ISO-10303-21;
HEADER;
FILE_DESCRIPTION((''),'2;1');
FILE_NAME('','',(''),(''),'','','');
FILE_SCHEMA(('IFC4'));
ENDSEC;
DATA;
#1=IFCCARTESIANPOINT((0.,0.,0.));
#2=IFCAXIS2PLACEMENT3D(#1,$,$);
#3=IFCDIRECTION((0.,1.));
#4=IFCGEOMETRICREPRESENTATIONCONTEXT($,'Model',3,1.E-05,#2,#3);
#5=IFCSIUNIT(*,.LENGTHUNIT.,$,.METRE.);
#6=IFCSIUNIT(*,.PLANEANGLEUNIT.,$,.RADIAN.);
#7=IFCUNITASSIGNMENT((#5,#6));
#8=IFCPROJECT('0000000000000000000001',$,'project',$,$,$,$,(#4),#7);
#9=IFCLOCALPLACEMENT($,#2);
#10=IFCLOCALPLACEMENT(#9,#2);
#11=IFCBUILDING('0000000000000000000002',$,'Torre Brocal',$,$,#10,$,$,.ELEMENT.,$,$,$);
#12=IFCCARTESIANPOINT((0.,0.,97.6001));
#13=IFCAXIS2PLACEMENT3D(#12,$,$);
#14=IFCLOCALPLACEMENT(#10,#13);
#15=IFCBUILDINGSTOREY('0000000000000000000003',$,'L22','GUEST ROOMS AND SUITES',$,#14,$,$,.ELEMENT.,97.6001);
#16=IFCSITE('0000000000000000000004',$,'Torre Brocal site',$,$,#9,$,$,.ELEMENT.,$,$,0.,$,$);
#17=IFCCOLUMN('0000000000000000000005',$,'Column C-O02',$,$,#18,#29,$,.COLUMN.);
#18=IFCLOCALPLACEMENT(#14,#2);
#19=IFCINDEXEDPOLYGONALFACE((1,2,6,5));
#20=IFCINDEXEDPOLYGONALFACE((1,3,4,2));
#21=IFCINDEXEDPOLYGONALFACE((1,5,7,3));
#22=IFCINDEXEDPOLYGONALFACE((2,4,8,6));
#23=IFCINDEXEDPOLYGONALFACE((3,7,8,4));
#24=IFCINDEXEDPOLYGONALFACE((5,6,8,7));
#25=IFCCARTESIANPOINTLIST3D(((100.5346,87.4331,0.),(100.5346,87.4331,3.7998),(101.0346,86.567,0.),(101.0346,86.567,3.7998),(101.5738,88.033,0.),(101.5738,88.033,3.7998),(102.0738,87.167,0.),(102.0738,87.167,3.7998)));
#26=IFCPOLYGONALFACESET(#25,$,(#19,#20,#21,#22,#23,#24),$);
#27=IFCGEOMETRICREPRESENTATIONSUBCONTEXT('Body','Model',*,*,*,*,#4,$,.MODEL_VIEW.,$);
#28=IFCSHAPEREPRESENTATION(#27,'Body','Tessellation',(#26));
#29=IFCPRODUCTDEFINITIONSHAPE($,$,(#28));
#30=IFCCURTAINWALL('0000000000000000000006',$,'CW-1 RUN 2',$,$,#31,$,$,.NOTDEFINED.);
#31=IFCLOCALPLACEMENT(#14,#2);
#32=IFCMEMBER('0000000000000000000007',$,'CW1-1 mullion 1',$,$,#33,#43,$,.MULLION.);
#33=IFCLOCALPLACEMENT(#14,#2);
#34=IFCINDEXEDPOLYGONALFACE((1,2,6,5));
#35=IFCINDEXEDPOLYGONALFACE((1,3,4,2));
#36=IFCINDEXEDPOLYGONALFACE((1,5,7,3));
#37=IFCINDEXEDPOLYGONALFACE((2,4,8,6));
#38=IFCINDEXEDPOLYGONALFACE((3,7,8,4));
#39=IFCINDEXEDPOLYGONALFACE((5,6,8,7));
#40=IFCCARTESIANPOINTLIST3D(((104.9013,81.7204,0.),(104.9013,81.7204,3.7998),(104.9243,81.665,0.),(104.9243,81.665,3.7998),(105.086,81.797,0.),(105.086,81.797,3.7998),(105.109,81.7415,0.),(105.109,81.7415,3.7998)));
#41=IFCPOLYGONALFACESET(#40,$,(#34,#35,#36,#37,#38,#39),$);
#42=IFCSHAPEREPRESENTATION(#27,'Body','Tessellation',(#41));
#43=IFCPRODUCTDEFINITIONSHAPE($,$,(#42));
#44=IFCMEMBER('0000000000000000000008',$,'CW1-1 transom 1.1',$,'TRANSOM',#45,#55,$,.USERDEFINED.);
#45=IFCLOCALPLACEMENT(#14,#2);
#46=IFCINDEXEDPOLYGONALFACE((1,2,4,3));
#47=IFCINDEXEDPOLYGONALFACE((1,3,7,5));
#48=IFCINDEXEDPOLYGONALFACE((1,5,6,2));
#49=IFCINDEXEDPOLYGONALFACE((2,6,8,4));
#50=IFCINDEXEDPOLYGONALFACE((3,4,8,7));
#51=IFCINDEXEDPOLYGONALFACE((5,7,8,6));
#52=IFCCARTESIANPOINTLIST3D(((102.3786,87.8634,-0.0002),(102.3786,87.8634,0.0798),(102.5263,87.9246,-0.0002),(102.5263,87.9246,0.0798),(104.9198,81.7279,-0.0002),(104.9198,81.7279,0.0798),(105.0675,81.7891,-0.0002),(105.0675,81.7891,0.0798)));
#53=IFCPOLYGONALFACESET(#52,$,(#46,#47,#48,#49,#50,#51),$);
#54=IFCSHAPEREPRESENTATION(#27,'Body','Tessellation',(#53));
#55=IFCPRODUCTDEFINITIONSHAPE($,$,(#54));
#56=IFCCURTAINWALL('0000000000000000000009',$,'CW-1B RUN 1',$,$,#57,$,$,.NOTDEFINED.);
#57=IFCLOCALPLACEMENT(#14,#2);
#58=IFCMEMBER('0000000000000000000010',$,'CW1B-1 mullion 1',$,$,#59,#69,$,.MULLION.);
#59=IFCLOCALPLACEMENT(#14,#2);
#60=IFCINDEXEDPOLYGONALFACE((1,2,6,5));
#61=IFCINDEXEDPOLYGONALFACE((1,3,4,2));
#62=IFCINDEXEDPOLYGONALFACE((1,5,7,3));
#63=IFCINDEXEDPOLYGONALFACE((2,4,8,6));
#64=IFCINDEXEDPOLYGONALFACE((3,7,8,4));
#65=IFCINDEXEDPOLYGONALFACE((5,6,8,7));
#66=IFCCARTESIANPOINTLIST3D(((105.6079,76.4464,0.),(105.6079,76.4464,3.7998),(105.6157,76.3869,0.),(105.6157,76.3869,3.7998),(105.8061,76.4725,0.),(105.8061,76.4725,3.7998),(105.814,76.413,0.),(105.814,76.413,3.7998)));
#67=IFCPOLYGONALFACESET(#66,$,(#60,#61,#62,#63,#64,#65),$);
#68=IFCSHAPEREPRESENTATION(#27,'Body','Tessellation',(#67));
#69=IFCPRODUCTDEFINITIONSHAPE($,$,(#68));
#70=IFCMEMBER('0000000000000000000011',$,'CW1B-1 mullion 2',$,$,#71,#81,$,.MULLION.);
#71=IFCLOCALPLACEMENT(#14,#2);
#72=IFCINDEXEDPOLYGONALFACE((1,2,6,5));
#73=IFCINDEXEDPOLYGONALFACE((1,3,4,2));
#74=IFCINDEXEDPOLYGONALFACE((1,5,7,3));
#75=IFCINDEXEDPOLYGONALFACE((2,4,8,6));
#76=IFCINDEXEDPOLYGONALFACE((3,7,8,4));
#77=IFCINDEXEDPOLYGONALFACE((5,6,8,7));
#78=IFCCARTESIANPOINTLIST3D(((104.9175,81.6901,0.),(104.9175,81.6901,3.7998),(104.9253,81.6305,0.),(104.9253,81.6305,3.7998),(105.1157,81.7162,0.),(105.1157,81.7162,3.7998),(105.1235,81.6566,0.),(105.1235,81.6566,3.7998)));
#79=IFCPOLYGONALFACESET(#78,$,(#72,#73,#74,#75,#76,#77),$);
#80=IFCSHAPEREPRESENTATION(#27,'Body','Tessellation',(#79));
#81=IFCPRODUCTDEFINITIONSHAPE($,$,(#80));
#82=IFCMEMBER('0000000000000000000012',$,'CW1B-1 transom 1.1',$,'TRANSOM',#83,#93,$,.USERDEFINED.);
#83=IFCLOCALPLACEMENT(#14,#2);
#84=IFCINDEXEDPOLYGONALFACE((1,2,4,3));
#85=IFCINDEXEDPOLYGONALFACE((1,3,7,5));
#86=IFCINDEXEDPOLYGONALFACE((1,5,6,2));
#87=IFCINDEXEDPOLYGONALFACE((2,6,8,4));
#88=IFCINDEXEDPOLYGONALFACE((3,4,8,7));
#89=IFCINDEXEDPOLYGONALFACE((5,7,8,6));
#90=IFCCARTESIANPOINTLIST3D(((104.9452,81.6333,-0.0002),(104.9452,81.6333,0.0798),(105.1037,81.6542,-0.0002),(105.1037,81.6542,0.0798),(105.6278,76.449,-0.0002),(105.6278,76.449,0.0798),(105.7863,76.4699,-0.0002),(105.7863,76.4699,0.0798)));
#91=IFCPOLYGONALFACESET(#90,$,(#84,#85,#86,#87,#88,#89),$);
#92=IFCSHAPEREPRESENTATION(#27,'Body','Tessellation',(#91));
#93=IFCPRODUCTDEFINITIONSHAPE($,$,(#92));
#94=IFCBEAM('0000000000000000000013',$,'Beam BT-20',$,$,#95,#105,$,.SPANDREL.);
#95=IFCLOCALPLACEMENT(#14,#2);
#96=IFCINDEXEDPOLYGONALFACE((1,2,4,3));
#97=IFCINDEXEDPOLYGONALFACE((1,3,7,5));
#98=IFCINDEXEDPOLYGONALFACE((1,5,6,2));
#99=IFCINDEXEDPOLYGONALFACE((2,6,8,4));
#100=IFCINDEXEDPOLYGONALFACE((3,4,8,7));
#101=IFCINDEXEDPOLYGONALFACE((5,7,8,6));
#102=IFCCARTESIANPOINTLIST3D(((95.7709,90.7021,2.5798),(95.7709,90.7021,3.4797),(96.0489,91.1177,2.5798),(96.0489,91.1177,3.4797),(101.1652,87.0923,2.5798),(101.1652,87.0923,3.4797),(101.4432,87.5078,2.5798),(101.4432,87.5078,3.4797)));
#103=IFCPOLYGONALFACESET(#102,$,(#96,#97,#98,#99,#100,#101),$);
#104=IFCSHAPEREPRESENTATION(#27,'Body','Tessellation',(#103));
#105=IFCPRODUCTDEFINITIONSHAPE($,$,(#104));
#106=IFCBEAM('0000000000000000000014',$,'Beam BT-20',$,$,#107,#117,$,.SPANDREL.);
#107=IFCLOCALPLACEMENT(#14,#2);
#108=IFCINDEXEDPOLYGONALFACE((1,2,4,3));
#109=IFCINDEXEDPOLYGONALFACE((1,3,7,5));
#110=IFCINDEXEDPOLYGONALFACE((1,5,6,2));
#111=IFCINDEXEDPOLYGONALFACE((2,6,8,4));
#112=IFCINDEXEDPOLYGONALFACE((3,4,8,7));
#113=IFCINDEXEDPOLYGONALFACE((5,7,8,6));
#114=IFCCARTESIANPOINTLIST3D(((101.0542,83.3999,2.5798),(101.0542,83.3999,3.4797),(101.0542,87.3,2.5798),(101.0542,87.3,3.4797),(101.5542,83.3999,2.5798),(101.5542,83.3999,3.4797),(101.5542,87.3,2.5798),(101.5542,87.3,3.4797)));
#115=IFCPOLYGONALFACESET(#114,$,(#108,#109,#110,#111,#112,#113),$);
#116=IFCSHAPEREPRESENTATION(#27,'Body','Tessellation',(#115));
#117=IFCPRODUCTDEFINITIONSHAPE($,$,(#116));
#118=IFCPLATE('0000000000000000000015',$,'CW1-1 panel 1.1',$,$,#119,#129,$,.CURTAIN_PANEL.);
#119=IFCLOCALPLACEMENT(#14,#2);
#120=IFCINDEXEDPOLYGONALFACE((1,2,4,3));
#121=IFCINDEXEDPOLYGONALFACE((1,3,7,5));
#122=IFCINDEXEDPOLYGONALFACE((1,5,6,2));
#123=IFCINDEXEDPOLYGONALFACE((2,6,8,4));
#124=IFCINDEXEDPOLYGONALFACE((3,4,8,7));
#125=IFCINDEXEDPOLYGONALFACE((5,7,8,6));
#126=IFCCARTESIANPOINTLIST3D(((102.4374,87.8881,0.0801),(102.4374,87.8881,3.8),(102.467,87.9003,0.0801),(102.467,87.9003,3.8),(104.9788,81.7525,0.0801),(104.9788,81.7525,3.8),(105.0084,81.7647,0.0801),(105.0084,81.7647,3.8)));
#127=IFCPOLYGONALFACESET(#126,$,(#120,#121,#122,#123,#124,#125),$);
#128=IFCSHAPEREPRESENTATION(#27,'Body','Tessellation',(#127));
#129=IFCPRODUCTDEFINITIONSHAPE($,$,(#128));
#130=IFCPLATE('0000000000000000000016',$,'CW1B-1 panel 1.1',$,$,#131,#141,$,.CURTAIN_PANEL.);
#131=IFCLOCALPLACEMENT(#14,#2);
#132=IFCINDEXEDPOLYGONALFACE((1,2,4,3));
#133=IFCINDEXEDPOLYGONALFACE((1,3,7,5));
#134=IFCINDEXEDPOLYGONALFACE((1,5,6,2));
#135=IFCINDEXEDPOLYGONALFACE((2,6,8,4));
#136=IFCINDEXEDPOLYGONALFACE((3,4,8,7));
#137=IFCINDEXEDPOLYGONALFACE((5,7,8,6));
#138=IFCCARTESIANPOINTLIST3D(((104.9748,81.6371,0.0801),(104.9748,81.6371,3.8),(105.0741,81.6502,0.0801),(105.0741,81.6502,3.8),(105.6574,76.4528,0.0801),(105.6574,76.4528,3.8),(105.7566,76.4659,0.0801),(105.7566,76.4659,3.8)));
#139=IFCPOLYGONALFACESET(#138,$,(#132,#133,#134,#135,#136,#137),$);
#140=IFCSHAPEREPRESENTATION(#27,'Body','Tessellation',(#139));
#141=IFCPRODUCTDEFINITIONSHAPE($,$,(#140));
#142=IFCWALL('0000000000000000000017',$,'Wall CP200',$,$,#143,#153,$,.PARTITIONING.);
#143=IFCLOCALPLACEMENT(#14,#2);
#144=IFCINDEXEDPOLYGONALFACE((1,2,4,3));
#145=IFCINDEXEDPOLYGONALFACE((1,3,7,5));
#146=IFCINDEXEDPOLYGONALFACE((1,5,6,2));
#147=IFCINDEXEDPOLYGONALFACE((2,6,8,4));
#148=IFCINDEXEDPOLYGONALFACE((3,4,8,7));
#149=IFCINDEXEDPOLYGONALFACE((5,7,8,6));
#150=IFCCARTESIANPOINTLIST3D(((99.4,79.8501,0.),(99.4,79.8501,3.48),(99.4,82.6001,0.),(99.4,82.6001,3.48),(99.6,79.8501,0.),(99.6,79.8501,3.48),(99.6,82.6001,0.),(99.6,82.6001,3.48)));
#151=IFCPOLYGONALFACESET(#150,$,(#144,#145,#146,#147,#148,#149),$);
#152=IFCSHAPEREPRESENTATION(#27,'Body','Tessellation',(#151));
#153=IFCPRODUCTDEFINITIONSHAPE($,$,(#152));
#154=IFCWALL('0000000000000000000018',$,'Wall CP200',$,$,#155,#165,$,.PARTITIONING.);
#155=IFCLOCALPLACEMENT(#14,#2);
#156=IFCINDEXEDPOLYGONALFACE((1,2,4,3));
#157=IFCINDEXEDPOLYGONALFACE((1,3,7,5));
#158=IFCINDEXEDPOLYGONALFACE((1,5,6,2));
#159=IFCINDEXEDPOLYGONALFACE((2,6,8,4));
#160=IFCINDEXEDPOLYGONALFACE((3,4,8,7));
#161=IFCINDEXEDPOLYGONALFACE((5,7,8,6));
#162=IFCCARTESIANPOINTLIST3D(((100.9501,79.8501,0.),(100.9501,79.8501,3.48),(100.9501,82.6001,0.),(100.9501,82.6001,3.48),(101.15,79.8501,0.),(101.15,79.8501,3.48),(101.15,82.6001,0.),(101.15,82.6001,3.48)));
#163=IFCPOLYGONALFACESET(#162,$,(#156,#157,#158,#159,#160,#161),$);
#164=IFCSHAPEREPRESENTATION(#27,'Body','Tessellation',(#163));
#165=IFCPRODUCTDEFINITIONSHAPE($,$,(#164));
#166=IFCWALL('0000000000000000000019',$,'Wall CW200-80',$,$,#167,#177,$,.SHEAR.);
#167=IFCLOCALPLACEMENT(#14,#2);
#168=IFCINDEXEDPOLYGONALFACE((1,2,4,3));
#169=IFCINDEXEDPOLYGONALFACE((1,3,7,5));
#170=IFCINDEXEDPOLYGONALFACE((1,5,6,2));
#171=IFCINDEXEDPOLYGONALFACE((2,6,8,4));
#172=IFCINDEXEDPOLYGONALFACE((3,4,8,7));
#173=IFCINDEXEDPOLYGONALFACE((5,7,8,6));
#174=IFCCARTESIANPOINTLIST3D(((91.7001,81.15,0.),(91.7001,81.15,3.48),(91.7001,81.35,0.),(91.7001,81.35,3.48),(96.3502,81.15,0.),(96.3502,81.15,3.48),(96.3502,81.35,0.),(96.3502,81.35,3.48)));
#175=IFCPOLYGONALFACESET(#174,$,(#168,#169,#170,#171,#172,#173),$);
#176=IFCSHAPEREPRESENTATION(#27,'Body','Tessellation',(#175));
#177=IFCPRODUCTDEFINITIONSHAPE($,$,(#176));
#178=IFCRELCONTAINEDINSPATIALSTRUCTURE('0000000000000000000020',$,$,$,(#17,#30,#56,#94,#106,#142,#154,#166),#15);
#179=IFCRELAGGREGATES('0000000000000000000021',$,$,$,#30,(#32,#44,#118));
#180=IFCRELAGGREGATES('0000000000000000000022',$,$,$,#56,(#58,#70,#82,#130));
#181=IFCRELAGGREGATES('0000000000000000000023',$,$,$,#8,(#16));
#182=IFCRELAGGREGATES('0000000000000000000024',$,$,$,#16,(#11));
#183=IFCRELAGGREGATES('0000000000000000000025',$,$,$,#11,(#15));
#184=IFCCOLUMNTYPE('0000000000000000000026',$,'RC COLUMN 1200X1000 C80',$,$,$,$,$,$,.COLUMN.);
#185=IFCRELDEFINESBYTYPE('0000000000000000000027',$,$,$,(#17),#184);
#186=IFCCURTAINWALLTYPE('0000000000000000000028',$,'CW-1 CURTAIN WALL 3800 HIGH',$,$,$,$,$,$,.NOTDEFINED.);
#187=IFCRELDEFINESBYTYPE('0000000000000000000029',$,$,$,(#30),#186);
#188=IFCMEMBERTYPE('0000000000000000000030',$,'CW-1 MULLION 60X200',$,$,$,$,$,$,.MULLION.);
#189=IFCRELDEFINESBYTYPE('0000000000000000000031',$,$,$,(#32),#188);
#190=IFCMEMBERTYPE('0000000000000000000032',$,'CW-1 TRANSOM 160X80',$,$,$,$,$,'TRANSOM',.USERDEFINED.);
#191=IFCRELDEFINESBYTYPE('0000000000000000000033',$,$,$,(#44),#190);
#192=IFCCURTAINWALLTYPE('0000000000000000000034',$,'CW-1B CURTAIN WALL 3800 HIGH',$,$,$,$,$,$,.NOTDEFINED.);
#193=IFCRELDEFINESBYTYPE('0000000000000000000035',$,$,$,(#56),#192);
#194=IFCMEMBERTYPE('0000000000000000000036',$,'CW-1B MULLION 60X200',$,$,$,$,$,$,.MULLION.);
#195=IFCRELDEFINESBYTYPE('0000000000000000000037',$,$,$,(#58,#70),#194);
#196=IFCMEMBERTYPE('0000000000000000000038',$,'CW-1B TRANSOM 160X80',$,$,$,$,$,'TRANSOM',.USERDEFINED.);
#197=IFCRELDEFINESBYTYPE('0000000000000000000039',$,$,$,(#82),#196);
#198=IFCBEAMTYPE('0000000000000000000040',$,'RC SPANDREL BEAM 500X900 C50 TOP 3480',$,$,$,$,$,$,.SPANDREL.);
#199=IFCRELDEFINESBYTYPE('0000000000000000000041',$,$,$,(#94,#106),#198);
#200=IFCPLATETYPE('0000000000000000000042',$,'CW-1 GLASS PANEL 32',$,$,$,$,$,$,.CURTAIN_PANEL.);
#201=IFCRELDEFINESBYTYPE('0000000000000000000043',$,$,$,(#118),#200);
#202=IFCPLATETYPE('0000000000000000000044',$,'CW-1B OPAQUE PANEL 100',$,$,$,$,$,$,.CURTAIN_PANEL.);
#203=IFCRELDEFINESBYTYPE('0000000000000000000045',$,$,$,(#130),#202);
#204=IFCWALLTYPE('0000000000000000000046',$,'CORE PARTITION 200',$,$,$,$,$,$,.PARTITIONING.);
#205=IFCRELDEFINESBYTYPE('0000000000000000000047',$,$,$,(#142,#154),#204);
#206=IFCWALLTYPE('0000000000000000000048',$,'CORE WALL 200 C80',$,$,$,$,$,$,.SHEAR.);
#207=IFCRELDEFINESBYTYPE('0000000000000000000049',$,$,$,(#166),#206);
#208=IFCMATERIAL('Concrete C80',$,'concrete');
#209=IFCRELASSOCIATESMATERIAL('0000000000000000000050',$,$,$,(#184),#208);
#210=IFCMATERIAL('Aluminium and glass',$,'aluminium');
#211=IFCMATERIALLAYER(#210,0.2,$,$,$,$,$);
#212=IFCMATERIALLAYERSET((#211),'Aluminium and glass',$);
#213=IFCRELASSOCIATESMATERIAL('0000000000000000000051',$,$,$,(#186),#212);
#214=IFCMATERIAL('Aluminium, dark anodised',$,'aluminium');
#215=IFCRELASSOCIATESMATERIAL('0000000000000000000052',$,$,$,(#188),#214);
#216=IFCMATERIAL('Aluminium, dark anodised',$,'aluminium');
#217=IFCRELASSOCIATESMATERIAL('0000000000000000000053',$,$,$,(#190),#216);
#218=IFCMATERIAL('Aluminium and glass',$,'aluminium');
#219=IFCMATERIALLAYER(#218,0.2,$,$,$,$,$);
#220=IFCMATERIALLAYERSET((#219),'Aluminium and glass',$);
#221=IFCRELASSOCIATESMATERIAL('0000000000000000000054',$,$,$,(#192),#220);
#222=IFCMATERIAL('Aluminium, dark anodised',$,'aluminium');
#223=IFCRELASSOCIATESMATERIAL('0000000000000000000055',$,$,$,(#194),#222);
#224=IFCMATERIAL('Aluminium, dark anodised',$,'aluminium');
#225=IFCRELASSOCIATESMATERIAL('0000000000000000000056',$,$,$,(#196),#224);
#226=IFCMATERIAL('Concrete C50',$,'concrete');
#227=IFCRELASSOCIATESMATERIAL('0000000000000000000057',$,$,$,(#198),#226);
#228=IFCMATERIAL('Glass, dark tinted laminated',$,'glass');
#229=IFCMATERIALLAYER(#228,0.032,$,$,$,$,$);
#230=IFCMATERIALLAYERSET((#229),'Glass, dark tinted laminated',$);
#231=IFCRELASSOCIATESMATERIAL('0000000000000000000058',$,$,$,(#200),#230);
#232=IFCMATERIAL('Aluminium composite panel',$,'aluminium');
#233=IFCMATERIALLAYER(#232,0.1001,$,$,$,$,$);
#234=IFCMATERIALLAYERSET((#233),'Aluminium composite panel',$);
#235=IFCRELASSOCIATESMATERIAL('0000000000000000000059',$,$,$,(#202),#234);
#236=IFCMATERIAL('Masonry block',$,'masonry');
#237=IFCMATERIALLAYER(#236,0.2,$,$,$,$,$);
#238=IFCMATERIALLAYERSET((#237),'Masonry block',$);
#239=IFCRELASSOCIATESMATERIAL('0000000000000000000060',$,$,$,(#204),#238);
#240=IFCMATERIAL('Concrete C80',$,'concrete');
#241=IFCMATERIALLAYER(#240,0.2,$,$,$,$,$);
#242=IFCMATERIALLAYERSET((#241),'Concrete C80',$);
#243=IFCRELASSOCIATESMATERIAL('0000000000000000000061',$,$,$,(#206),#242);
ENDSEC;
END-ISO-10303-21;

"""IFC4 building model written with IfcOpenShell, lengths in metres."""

from ifc_helpers import new_model, si_unit, direction, frame, frame_2d, origin, origin_2d, place, context, subcontext, project, spatial, rectangle, extrude, material, layer, layer_set, material_profile, profile_set, type_object, element, aggregate, save


model = new_model("IFC4")

# Units and contexts
model_context = context("Model", 3, precision=1e-05, world=origin(), true_north=direction((0.0, 1.0)))
body_context = subcontext(model_context, "Body", "Model", "MODEL_VIEW")
ifc_project = project(units=[si_unit("LENGTHUNIT", "METRE"), si_unit("PLANEANGLEUNIT", "RADIAN")], contexts=[model_context])

# Site, building, storey
site_placement = place(None, origin())
site = spatial("IfcSite", under=ifc_project, at=site_placement, Name="Torre Brocal site", CompositionType="ELEMENT", RefElevation=0.0)
building_placement = place(site_placement, origin())
building = spatial("IfcBuilding", under=site, at=building_placement, Name="Torre Brocal", CompositionType="ELEMENT")
storey_placement = place(building_placement, frame((0.0, 0.0, 97.6001)))
storey = spatial("IfcBuildingStorey", under=building, at=storey_placement, Name="L22", Description="GUEST ROOMS AND SUITES", CompositionType="ELEMENT", Elevation=97.6001)

# Column
ifc_material_1 = material(Name="Concrete C80", Category="concrete")
ifc_material_profile_1 = material_profile(ifc_material_1, rectangle(XDim=1.2, YDim=1.0, at=origin_2d()), Name="RC 1200X1000")
ifc_profile_set_1 = profile_set([ifc_material_profile_1], Name="Concrete C80")
column_type = type_object("IfcColumnType", Name="RC COLUMN 1200X1000 C80", PredefinedType="COLUMN", material=ifc_profile_set_1)
column_placement = place(storey_placement, frame((101.3042, 87.3, 0.0), z_axis=(0.0, 0.0, 1.0), x_axis=(0.866025, 0.5, 0.0)))
element("IfcColumn", 1, at=column_placement, inside=storey, type_object=column_type, Name="Column C-O02", PredefinedType="COLUMN", context=body_context, shape_type="SweptSolid", body=[
    extrude(rectangle(XDim=1.2, YDim=1.0, at=origin_2d()), origin(), (0.0, 0.0, 1.0), 3.7998),
])

# Curtain walls, members
ifc_material_2 = material(Name="Aluminium and glass", Category="aluminium")
ifc_layer_1 = layer(ifc_material_2, 0.2)
ifc_layer_set_1 = layer_set([ifc_layer_1], Name="Aluminium and glass")
curtain_wall_type_1 = type_object("IfcCurtainWallType", Name="CW-1 CURTAIN WALL 3800 HIGH", PredefinedType="NOTDEFINED", material=ifc_layer_set_1)
curtain_wall_1_placement = place(storey_placement, origin())
curtain_wall_1 = element("IfcCurtainWall", 2, at=curtain_wall_1_placement, inside=storey, type_object=curtain_wall_type_1, Name="CW-1 RUN 2", PredefinedType="NOTDEFINED")
ifc_material_3 = material(Name="Aluminium, dark anodised", Category="aluminium")
ifc_material_profile_2 = material_profile(ifc_material_3, rectangle(XDim=0.2, YDim=0.0601, at=origin_2d()), Name="CW-1 MULLION 60X200")
ifc_profile_set_2 = profile_set([ifc_material_profile_2], Name="Aluminium, dark anodised")
member_type_1 = type_object("IfcMemberType", Name="CW-1 MULLION 60X200", PredefinedType="MULLION", material=ifc_profile_set_2)
member_1_placement = place(storey_placement, frame((105.0051, 81.731, 0.0), z_axis=(0.0, 0.0, 1.0), x_axis=(-0.92388, -0.382683, 0.0)))
member_1 = element("IfcMember", 3, at=member_1_placement, type_object=member_type_1, Name="CW1-1 mullion 1", PredefinedType="MULLION", context=body_context, shape_type="SweptSolid", body=[
    extrude(rectangle(XDim=0.2, YDim=0.0601, at=origin_2d()), origin(), (0.0, 0.0, 1.0), 3.7998),
])
ifc_material_4 = material(Name="Aluminium, dark anodised", Category="aluminium")
ifc_material_profile_3 = material_profile(ifc_material_4, rectangle(XDim=0.1599, YDim=0.0801, at=origin_2d()), Name="CW-1 TRANSOM 160X80")
ifc_profile_set_3 = profile_set([ifc_material_profile_3], Name="Aluminium, dark anodised")
member_type_2 = type_object("IfcMemberType", Name="CW-1 TRANSOM 160X80", ElementType="TRANSOM", PredefinedType="USERDEFINED", material=ifc_profile_set_3)
member_2_placement = place(storey_placement, frame((104.9937, 81.7585, 0.0398), z_axis=(-0.382665, 0.923887, 0.0), x_axis=(-0.923887, -0.382665, 0.0)))
member_2 = element("IfcMember", 4, at=member_2_placement, type_object=member_type_2, Name="CW1-1 transom 1.1", ObjectType="TRANSOM", PredefinedType="USERDEFINED", context=body_context, shape_type="SweptSolid", body=[
    extrude(rectangle(XDim=0.1599, YDim=0.0801, at=origin_2d()), origin(), (0.0, 0.0, 1.0), 6.6409),
])
ifc_material_5 = material(Name="Aluminium and glass", Category="aluminium")
ifc_layer_2 = layer(ifc_material_5, 0.2)
ifc_layer_set_2 = layer_set([ifc_layer_2], Name="Aluminium and glass")
curtain_wall_type_2 = type_object("IfcCurtainWallType", Name="CW-1B CURTAIN WALL 3800 HIGH", PredefinedType="NOTDEFINED", material=ifc_layer_set_2)
curtain_wall_2_placement = place(storey_placement, origin())
curtain_wall_2 = element("IfcCurtainWall", 5, at=curtain_wall_2_placement, inside=storey, type_object=curtain_wall_type_2, Name="CW-1B RUN 1", PredefinedType="NOTDEFINED")
ifc_material_6 = material(Name="Aluminium, dark anodised", Category="aluminium")
ifc_material_profile_4 = material_profile(ifc_material_6, rectangle(XDim=0.2, YDim=0.0601, at=origin_2d()), Name="CW-1B MULLION 60X200")
ifc_profile_set_4 = profile_set([ifc_material_profile_4], Name="Aluminium, dark anodised")
member_type_3 = type_object("IfcMemberType", Name="CW-1B MULLION 60X200", PredefinedType="MULLION", material=ifc_profile_set_4)
member_3_placement = place(storey_placement, frame((105.7109, 76.4297, 0.0), z_axis=(0.0, 0.0, 1.0), x_axis=(-0.991445, -0.130526, 0.0)))
member_3 = element("IfcMember", 6, at=member_3_placement, type_object=member_type_3, Name="CW1B-1 mullion 1", PredefinedType="MULLION", context=body_context, shape_type="SweptSolid", body=[
    extrude(rectangle(XDim=0.2, YDim=0.0601, at=origin_2d()), origin(), (0.0, 0.0, 1.0), 3.7998),
])
member_4_placement = place(storey_placement, frame((105.0205, 81.6733, 0.0), z_axis=(0.0, 0.0, 1.0), x_axis=(-0.991445, -0.130526, 0.0)))
member_4 = element("IfcMember", 7, at=member_4_placement, type_object=member_type_3, Name="CW1B-1 mullion 2", PredefinedType="MULLION", context=body_context, shape_type="SweptSolid", body=[
    extrude(rectangle(XDim=0.2, YDim=0.0601, at=origin_2d()), origin(), (0.0, 0.0, 1.0), 3.7998),
])
ifc_material_7 = material(Name="Aluminium, dark anodised", Category="aluminium")
ifc_material_profile_5 = material_profile(ifc_material_7, rectangle(XDim=0.1599, YDim=0.0801, at=origin_2d()), Name="CW-1B TRANSOM 160X80")
ifc_profile_set_5 = profile_set([ifc_material_profile_5], Name="Aluminium, dark anodised")
member_type_4 = type_object("IfcMemberType", Name="CW-1B TRANSOM 160X80", ElementType="TRANSOM", PredefinedType="USERDEFINED", material=ifc_profile_set_5)
member_5_placement = place(storey_placement, frame((105.707, 76.4595, 0.0398), z_axis=(-0.130543, 0.991443, 0.0), x_axis=(-0.991443, -0.130543, 0.0)))
member_5 = element("IfcMember", 8, at=member_5_placement, type_object=member_type_4, Name="CW1B-1 transom 1.1", ObjectType="TRANSOM", PredefinedType="USERDEFINED", context=body_context, shape_type="SweptSolid", body=[
    extrude(rectangle(XDim=0.1599, YDim=0.0801, at=origin_2d()), origin(), (0.0, 0.0, 1.0), 5.229),
])

# Beams
ifc_material_8 = material(Name="Concrete C50", Category="concrete")
ifc_material_profile_6 = material_profile(ifc_material_8, rectangle(XDim=0.5, YDim=0.8999, at=origin_2d()), Name="RC 500X900")
ifc_profile_set_6 = profile_set([ifc_material_profile_6], Name="Concrete C50")
beam_type = type_object("IfcBeamType", Name="RC SPANDREL BEAM 500X900 C50 TOP 3480", PredefinedType="SPANDREL", material=ifc_profile_set_6)
beam_1_placement = place(storey_placement, frame((101.3042, 87.3, 3.0298), z_axis=(-0.831077, 0.556158, 0.0), x_axis=(-0.556158, -0.831077, 0.0)))
element("IfcBeam", 9, at=beam_1_placement, inside=storey, type_object=beam_type, Name="Beam BT-20", PredefinedType="SPANDREL", context=body_context, shape_type="SweptSolid", body=[
    extrude(rectangle(XDim=0.5, YDim=0.8999, at=origin_2d()), origin(), (0.0, 0.0, 1.0), 6.4907),
])
beam_2_placement = place(storey_placement, frame((101.3042, 87.3, 3.0298), z_axis=(0.0, -1.0, 0.0), x_axis=(1.0, 0.0, 0.0)))
element("IfcBeam", 10, at=beam_2_placement, inside=storey, type_object=beam_type, Name="Beam BT-20", PredefinedType="SPANDREL", context=body_context, shape_type="SweptSolid", body=[
    extrude(rectangle(XDim=0.5, YDim=0.8999, at=origin_2d()), origin(), (0.0, 0.0, 1.0), 3.9001),
])

# Plates
ifc_material_9 = material(Name="Glass, dark tinted laminated", Category="glass")
ifc_layer_3 = layer(ifc_material_9, 0.032)
ifc_layer_set_3 = layer_set([ifc_layer_3], Name="Glass, dark tinted laminated")
plate_type_1 = type_object("IfcPlateType", Name="CW-1 GLASS PANEL 32", PredefinedType="CURTAIN_PANEL", material=ifc_layer_set_3)
plate_1_placement = place(storey_placement, frame((103.7229, 84.8264, 0.0801), z_axis=(0.0, 0.0, 1.0), x_axis=(-0.382683, 0.92388, 0.0)))
plate_1 = element("IfcPlate", 11, at=plate_1_placement, type_object=plate_type_1, Name="CW1-1 panel 1.1", PredefinedType="CURTAIN_PANEL", context=body_context, shape_type="SweptSolid", body=[
    extrude(rectangle(XDim=6.6411, YDim=0.032, at=origin_2d()), origin(), (0.0, 0.0, 1.0), 3.72),
])
aggregate(curtain_wall_1, [member_1, member_2, plate_1])
ifc_material_10 = material(Name="Aluminium composite panel", Category="aluminium")
ifc_layer_4 = layer(ifc_material_10, 0.1001)
ifc_layer_set_4 = layer_set([ifc_layer_4], Name="Aluminium composite panel")
plate_type_2 = type_object("IfcPlateType", Name="CW-1B OPAQUE PANEL 100", PredefinedType="CURTAIN_PANEL", material=ifc_layer_set_4)
plate_2_placement = place(storey_placement, frame((105.3657, 79.0515, 0.0801), z_axis=(0.0, 0.0, 1.0), x_axis=(-0.130526, 0.991445, 0.0)))
plate_2 = element("IfcPlate", 12, at=plate_2_placement, type_object=plate_type_2, Name="CW1B-1 panel 1.1", PredefinedType="CURTAIN_PANEL", context=body_context, shape_type="SweptSolid", body=[
    extrude(rectangle(XDim=5.229, YDim=0.1001, at=origin_2d()), origin(), (0.0, 0.0, 1.0), 3.72),
])
aggregate(curtain_wall_2, [member_3, member_4, member_5, plate_2])

# Walls
ifc_material_11 = material(Name="Masonry block", Category="masonry")
ifc_layer_5 = layer(ifc_material_11, 0.2)
ifc_layer_set_5 = layer_set([ifc_layer_5], Name="Masonry block")
wall_type_1 = type_object("IfcWallType", Name="CORE PARTITION 200", PredefinedType="PARTITIONING", material=ifc_layer_set_5)
for number, where, z_axis, x_axis, name in (
    (13, (99.5, 79.8501, 0.0), (0.0, 0.0, 1.0), (0.0, 1.0, 0.0), "Wall CP200"),
    (14, (101.05, 79.8501, 0.0), (0.0, 0.0, 1.0), (0.0, 1.0, 0.0), "Wall CP200"),
):
    element("IfcWall", number, at=place(storey_placement, frame(where, z_axis=z_axis, x_axis=x_axis)), inside=storey, type_object=wall_type_1, Name=name, PredefinedType="PARTITIONING", context=body_context, shape_type="SweptSolid", body=[
        extrude(rectangle(XDim=2.75, YDim=0.2, at=frame_2d((1.375, 0.0))), origin(), (0.0, 0.0, 1.0), 3.48),
    ])
ifc_material_12 = material(Name="Concrete C80", Category="concrete")
ifc_layer_6 = layer(ifc_material_12, 0.2)
ifc_layer_set_6 = layer_set([ifc_layer_6], Name="Concrete C80")
wall_type_2 = type_object("IfcWallType", Name="CORE WALL 200 C80", PredefinedType="SHEAR", material=ifc_layer_set_6)
wall_1_placement = place(storey_placement, frame((91.7, 81.25, 0.0), z_axis=(0.0, 0.0, 1.0), x_axis=(1.0, 0.0, 0.0)))
element("IfcWall", 15, at=wall_1_placement, inside=storey, type_object=wall_type_2, Name="Wall CW200-80", PredefinedType="SHEAR", context=body_context, shape_type="SweptSolid", body=[
    extrude(rectangle(XDim=4.6501, YDim=0.2, at=frame_2d((2.3252, 0.0))), origin(), (0.0, 0.0, 1.0), 3.48),
])

save(model, "model.ifc")
